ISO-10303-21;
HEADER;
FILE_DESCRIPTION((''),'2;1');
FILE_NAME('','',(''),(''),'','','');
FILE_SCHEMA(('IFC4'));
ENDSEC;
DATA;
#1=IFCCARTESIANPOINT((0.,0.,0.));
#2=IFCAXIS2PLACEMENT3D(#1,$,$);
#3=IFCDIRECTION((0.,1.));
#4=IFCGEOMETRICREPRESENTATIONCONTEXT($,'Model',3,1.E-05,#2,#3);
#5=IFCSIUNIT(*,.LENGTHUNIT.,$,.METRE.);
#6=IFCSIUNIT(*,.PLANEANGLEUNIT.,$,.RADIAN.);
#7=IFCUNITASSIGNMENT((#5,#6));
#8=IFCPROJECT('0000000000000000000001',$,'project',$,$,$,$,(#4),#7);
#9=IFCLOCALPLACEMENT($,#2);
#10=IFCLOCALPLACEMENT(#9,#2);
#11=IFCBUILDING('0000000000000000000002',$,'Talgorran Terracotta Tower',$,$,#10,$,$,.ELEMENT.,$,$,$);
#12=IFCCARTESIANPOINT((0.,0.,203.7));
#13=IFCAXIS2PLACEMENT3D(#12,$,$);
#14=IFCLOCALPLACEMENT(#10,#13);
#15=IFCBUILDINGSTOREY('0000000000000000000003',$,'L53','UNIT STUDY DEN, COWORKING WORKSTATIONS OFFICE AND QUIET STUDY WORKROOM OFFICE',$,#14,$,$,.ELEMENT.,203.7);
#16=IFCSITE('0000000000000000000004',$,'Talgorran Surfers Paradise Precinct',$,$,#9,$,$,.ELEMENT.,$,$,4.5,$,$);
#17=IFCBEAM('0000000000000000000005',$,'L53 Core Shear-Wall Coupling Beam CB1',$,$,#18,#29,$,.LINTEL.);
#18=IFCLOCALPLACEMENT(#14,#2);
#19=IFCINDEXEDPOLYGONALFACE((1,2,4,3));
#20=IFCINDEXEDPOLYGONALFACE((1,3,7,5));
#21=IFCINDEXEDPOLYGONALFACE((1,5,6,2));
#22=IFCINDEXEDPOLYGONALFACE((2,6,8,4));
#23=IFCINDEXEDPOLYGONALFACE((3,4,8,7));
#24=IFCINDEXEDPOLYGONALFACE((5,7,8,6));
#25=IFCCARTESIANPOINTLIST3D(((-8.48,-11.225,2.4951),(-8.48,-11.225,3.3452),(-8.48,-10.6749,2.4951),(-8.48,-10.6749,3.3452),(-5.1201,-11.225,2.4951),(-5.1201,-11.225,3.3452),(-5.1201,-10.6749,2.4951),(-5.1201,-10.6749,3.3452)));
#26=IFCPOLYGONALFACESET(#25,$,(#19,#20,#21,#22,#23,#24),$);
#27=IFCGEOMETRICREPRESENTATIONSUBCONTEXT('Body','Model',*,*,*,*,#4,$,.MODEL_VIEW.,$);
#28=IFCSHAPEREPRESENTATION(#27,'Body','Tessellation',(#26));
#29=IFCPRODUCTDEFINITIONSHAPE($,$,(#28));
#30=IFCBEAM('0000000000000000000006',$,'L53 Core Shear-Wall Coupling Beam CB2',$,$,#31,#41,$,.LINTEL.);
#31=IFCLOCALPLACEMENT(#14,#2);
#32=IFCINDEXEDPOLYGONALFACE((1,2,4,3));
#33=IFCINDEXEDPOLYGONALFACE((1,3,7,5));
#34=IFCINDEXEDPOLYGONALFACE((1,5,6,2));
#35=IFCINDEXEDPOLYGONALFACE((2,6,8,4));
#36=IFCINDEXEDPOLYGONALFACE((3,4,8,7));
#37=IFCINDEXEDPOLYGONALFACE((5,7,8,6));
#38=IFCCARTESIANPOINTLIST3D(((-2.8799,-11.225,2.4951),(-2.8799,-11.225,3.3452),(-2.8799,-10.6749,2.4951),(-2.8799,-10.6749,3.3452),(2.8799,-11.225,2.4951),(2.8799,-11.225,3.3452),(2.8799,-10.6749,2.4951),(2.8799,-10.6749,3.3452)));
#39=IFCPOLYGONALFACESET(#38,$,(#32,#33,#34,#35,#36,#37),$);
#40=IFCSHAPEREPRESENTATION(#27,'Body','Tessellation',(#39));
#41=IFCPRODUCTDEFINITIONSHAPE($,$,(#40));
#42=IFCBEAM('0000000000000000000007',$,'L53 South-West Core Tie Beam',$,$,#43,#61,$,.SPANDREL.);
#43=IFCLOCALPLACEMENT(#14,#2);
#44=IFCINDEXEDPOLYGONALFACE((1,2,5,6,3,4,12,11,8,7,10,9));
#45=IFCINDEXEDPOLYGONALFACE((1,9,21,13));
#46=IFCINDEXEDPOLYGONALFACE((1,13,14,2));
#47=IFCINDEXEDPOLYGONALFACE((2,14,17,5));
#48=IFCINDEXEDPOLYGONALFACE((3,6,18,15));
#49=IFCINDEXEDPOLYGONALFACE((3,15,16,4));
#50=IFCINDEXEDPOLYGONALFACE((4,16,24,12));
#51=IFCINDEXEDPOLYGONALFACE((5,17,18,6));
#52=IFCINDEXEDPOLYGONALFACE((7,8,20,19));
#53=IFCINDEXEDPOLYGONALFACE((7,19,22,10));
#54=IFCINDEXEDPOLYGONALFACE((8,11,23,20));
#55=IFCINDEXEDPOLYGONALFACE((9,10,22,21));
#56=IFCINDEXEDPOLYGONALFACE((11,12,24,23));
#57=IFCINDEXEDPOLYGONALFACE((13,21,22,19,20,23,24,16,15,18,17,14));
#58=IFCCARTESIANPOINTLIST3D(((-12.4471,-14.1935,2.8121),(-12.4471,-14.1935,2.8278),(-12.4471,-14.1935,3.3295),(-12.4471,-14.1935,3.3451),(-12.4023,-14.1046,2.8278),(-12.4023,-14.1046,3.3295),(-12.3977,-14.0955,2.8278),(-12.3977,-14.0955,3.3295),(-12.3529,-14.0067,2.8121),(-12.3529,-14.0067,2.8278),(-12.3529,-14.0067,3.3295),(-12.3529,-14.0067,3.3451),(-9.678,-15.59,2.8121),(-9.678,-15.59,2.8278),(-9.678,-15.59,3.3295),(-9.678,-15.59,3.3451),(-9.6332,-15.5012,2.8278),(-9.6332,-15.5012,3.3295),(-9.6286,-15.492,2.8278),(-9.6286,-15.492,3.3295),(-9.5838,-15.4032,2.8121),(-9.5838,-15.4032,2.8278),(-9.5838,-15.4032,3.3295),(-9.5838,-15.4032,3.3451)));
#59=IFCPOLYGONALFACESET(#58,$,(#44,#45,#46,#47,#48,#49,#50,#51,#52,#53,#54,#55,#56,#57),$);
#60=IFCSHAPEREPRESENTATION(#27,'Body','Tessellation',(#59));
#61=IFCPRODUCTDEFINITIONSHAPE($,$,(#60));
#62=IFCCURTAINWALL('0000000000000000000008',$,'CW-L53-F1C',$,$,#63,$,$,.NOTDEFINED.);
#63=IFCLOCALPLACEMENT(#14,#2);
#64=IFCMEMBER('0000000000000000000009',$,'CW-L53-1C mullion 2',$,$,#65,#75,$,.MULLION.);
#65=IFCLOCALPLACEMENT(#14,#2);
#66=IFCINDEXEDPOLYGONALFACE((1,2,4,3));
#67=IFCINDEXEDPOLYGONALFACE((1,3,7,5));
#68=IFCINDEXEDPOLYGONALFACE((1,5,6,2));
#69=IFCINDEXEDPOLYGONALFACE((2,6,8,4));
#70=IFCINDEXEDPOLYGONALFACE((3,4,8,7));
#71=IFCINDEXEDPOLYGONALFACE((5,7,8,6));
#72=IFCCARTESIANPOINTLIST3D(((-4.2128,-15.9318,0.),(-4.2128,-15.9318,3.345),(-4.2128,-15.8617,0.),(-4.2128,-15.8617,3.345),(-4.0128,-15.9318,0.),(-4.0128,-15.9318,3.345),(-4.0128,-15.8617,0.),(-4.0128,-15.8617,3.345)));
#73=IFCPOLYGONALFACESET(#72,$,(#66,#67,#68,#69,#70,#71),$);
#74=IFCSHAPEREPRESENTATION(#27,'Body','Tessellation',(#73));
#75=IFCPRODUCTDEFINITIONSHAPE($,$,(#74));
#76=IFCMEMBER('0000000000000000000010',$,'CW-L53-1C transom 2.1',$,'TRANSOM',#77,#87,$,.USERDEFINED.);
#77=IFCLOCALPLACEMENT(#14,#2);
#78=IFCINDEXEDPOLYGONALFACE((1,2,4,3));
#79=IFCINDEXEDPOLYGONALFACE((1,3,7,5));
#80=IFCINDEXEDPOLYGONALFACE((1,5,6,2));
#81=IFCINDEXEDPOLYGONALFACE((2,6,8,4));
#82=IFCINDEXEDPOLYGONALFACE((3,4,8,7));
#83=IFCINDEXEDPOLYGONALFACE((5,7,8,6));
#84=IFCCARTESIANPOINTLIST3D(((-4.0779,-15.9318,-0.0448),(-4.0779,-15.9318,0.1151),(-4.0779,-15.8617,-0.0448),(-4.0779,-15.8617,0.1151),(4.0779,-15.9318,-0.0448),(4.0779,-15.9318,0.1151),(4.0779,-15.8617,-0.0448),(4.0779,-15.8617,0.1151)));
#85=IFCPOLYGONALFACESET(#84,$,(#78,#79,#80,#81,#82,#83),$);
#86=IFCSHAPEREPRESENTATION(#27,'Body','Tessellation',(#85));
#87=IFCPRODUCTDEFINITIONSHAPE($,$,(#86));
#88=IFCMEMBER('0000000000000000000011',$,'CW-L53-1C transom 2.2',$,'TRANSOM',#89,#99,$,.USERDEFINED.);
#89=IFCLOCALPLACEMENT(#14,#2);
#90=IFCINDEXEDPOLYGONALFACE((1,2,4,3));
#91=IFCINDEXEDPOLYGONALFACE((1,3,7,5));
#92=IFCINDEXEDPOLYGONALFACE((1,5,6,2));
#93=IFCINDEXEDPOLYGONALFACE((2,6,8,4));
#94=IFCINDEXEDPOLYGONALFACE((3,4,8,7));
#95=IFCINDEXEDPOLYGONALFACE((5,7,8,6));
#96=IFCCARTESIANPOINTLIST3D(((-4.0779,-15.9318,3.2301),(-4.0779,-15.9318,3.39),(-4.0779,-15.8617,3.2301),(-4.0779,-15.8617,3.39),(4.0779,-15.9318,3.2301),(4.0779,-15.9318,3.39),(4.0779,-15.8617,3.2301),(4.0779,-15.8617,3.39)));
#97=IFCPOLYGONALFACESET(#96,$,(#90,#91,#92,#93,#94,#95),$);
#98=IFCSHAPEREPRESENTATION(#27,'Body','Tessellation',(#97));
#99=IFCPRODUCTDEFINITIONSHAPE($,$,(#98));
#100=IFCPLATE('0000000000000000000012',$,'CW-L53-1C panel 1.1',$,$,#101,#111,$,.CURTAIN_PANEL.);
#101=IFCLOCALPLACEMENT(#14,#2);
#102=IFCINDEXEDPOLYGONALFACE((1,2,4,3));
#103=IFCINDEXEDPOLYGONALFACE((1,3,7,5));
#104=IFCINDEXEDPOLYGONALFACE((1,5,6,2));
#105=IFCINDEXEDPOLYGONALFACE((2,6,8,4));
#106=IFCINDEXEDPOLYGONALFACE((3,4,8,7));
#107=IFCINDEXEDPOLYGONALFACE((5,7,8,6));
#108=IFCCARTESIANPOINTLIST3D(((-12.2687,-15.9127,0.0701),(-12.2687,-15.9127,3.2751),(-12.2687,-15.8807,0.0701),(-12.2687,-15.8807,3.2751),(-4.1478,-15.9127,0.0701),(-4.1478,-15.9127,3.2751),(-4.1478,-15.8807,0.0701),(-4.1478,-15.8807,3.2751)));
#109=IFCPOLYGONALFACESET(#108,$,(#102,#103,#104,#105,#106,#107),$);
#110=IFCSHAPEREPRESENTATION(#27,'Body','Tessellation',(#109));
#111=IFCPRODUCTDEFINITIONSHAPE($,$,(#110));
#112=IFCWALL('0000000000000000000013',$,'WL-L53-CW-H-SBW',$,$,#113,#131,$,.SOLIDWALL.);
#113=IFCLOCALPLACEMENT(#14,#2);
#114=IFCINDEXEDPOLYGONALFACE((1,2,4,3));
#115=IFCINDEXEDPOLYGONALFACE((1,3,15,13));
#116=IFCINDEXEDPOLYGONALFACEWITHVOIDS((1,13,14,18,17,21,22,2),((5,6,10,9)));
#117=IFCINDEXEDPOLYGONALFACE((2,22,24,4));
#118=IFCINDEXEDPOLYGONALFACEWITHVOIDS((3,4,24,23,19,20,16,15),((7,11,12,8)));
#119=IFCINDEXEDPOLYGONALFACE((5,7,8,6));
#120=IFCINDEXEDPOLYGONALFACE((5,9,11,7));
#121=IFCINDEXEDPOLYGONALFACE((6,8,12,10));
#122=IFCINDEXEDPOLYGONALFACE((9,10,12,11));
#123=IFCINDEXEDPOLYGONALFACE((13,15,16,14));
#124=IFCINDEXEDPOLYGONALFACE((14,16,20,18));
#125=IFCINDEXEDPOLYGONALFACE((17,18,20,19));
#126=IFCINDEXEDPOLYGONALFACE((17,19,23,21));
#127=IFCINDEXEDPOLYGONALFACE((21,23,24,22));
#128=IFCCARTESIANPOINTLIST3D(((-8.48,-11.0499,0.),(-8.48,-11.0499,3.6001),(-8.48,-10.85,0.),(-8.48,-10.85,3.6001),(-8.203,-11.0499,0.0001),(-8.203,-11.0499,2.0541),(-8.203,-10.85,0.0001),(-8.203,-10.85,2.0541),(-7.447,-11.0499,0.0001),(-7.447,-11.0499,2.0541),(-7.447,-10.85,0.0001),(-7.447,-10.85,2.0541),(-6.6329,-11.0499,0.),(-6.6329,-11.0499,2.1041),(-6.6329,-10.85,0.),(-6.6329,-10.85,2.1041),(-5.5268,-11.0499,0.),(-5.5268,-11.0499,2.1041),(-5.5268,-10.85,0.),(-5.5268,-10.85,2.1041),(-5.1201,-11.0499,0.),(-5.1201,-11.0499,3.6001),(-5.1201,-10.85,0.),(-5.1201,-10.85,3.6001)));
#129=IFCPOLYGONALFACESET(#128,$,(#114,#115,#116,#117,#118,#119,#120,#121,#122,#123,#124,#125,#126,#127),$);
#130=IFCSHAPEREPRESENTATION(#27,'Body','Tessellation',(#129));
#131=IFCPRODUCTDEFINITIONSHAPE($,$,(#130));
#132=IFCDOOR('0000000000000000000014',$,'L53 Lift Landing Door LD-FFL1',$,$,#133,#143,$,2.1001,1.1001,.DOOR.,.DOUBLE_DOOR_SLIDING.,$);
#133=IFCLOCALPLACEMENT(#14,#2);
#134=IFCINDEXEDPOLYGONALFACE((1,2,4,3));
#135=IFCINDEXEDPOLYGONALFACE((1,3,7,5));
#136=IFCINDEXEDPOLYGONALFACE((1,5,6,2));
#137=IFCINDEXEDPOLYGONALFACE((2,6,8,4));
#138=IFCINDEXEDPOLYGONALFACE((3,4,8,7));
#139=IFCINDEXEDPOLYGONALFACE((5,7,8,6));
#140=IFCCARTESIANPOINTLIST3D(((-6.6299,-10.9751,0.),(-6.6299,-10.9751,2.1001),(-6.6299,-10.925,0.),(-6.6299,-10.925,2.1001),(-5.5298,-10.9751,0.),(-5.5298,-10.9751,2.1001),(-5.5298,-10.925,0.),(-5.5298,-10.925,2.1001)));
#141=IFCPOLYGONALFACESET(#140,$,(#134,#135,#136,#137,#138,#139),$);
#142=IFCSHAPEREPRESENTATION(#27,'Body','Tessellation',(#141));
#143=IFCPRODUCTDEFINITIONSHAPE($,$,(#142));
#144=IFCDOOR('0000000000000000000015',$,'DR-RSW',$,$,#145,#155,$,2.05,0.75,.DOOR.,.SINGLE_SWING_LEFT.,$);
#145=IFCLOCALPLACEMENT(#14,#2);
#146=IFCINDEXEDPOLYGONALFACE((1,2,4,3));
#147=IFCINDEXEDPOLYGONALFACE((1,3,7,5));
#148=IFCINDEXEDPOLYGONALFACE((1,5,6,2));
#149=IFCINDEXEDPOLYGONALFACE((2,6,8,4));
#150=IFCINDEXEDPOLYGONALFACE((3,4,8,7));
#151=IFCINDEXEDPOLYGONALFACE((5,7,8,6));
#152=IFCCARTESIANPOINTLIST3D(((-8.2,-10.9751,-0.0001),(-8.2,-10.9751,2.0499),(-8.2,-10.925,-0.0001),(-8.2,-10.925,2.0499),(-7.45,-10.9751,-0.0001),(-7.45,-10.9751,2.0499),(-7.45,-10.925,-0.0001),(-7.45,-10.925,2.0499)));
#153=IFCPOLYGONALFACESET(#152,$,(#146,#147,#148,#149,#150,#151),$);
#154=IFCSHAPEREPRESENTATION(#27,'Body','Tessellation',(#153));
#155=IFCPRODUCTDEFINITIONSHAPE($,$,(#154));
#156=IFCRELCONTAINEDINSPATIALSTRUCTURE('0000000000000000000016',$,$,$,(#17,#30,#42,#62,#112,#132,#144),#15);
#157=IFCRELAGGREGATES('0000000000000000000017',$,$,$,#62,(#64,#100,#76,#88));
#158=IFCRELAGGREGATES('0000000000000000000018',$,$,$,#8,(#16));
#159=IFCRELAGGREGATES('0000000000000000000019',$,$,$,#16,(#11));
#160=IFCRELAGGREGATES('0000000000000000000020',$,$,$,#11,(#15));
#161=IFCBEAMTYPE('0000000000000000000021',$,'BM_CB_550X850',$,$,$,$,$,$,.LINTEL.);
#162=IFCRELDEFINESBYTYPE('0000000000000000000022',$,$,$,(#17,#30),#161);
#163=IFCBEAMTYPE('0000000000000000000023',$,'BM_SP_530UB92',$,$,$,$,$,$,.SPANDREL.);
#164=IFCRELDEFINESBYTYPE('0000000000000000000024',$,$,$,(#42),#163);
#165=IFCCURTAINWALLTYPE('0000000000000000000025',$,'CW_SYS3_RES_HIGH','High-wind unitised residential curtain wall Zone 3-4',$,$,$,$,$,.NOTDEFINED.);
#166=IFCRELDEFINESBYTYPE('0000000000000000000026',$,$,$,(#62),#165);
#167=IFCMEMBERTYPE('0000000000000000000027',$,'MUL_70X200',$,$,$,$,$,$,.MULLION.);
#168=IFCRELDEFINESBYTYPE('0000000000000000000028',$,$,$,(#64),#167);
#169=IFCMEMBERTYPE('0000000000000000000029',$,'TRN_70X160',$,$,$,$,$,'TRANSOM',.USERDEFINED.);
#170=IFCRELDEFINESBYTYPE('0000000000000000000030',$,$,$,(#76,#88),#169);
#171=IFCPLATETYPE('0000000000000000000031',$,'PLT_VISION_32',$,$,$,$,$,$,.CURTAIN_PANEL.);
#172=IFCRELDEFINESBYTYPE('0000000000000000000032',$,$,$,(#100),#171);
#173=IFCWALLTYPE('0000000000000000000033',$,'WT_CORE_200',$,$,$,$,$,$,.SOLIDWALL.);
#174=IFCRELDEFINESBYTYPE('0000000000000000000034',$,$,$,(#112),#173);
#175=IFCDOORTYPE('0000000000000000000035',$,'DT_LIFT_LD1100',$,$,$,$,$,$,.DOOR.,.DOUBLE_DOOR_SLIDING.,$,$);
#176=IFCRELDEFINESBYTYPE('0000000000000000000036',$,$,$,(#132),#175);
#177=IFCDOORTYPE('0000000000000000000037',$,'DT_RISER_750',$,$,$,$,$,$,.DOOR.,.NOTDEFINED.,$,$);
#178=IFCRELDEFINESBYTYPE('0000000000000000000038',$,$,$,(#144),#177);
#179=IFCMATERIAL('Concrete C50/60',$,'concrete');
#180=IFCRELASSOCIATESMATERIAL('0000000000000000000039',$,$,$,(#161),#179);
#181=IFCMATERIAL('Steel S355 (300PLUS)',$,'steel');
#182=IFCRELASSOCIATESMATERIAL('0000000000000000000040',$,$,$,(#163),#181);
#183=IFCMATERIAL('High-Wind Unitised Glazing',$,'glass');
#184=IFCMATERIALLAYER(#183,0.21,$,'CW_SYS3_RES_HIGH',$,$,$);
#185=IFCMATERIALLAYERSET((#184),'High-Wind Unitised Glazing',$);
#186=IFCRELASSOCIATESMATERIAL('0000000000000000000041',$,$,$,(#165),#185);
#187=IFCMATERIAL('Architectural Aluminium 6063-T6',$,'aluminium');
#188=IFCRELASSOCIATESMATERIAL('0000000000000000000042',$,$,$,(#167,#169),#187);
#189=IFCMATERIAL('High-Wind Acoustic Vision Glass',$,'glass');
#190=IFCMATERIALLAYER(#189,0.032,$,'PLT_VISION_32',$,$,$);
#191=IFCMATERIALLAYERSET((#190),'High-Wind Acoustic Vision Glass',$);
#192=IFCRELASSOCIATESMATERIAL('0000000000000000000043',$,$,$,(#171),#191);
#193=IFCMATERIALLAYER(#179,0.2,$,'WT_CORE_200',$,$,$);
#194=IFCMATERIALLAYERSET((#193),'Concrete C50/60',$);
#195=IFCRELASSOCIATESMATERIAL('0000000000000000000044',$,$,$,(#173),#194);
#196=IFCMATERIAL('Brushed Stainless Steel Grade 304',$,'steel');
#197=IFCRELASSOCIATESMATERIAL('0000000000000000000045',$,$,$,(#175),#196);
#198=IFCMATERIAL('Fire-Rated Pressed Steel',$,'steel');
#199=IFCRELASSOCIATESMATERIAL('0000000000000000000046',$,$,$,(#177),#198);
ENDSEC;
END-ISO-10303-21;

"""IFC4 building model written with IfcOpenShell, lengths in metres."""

from ifc_helpers import new_model, si_unit, direction, frame, frame_2d, origin, origin_2d, place, context, subcontext, project, spatial, rectangle, i_section, extrude, source, transform, mapped, material, layer, layer_set, material_profile, profile_set, type_object, type_shapes, element, fill, aggregate, save


model = new_model("IFC4")

# Units and contexts
model_context = context("Model", 3, precision=1e-05, world=origin(), true_north=direction((0.0, 1.0)))
body_context = subcontext(model_context, "Body", "Model", "MODEL_VIEW")
ifc_project = project(units=[si_unit("LENGTHUNIT", "METRE"), si_unit("PLANEANGLEUNIT", "RADIAN")], contexts=[model_context])

# Site, building, storey
site_placement = place(None, origin())
site = spatial("IfcSite", under=ifc_project, at=site_placement, Name="Talgorran Surfers Paradise Precinct", CompositionType="ELEMENT", RefElevation=4.5)
building_placement = place(site_placement, origin())
building = spatial("IfcBuilding", under=site, at=building_placement, Name="Talgorran Terracotta Tower", CompositionType="ELEMENT")
storey_placement = place(building_placement, frame((0.0, 0.0, 203.7)))
storey = spatial("IfcBuildingStorey", under=building, at=storey_placement, Name="L53", Description="UNIT STUDY DEN, COWORKING WORKSTATIONS OFFICE AND QUIET STUDY WORKROOM OFFICE", CompositionType="ELEMENT", Elevation=203.7)

# Beams
ifc_material_1 = material(Name="Concrete C50/60", Category="concrete")
ifc_material_profile_1 = material_profile(ifc_material_1, rectangle(XDim=0.55, YDim=0.8501, at=origin_2d()), Name="RCCB550X850")
ifc_profile_set_1 = profile_set([ifc_material_profile_1], Name="Concrete C50/60")
beam_type_1 = type_object("IfcBeamType", Name="BM_CB_550X850", PredefinedType="LINTEL", material=ifc_profile_set_1)
beam_1_placement = place(storey_placement, frame((-8.48, -10.95, 2.9202), z_axis=(1.0, 0.0, 0.0), x_axis=(0.0, 1.0, 0.0)))
element("IfcBeam", 1, at=beam_1_placement, inside=storey, type_object=beam_type_1, Name="L53 Core Shear-Wall Coupling Beam CB1", PredefinedType="LINTEL", context=body_context, shape_type="SweptSolid", body=[
    extrude(rectangle(XDim=0.55, YDim=0.8501, at=origin_2d()), origin(), (0.0, 0.0, 1.0), 3.3599),
])
beam_2_placement = place(storey_placement, frame((-2.8799, -10.95, 2.9202), z_axis=(1.0, 0.0, 0.0), x_axis=(0.0, 1.0, 0.0)))
element("IfcBeam", 2, at=beam_2_placement, inside=storey, type_object=beam_type_1, Name="L53 Core Shear-Wall Coupling Beam CB2", PredefinedType="LINTEL", context=body_context, shape_type="SweptSolid", body=[
    extrude(rectangle(XDim=0.55, YDim=0.8501, at=origin_2d()), origin(), (0.0, 0.0, 1.0), 5.7598),
])
ifc_material_2 = material(Name="Steel S355 (300PLUS)", Category="steel")
ifc_material_profile_2 = material_profile(ifc_material_2, i_section(OverallWidth=0.2092, OverallDepth=0.533, WebThickness=0.0103, FlangeThickness=0.0156, at=origin_2d()), Name="530UB92.4")
ifc_profile_set_2 = profile_set([ifc_material_profile_2], Name="Steel S355 (300PLUS)")
beam_type_2 = type_object("IfcBeamType", Name="BM_SP_530UB92", PredefinedType="SPANDREL", material=ifc_profile_set_2)
beam_3_placement = place(storey_placement, frame((-9.6309, -15.4966, 3.0786), z_axis=(-0.892879, 0.450297, 0.0), x_axis=(-0.450297, -0.892879, 0.0)))
element("IfcBeam", 3, at=beam_3_placement, inside=storey, type_object=beam_type_2, Name="L53 South-West Core Tie Beam", PredefinedType="SPANDREL", context=body_context, shape_type="SweptSolid", body=[
    extrude(i_section(OverallWidth=0.2092, OverallDepth=0.533, WebThickness=0.0103, FlangeThickness=0.0156, at=origin_2d()), origin(), (0.0, 0.0, 1.0), 3.1013),
])

# Curtain wall, members, plate
ifc_material_3 = material(Name="High-Wind Unitised Glazing", Category="glass")
ifc_layer_1 = layer(ifc_material_3, 0.21, Name="CW_SYS3_RES_HIGH")
ifc_layer_set_1 = layer_set([ifc_layer_1], Name="High-Wind Unitised Glazing")
curtain_wall_type = type_object("IfcCurtainWallType", Name="CW_SYS3_RES_HIGH", Description="High-wind unitised residential curtain wall Zone 3-4", PredefinedType="NOTDEFINED", material=ifc_layer_set_1)
curtain_wall_placement = place(storey_placement, origin())
curtain_wall = element("IfcCurtainWall", 4, at=curtain_wall_placement, inside=storey, type_object=curtain_wall_type, Name="CW-L53-F1C", PredefinedType="NOTDEFINED")
ifc_material_4 = material(Name="Architectural Aluminium 6063-T6", Category="aluminium")
ifc_material_profile_3 = material_profile(ifc_material_4, rectangle(XDim=0.0701, YDim=0.2, at=origin_2d()), Name="CWM70X200")
ifc_profile_set_3 = profile_set([ifc_material_profile_3], Name="Architectural Aluminium 6063-T6")
member_type_1 = type_object("IfcMemberType", Name="MUL_70X200", PredefinedType="MULLION", material=ifc_profile_set_3)
member_1_placement = place(storey_placement, frame((-4.1128, -15.8967, 0.0), z_axis=(0.0, 0.0, 1.0), x_axis=(0.0, 1.0, 0.0)))
member_1 = element("IfcMember", 5, at=member_1_placement, type_object=member_type_1, Name="CW-L53-1C mullion 2", PredefinedType="MULLION", context=body_context, shape_type="SweptSolid", body=[
    extrude(rectangle(XDim=0.0701, YDim=0.2, at=origin_2d()), origin(), (0.0, 0.0, 1.0), 3.345),
])
ifc_material_profile_4 = material_profile(ifc_material_4, rectangle(XDim=0.0701, YDim=0.1599, at=origin_2d()), Name="CWT70X160")
ifc_profile_set_4 = profile_set([ifc_material_profile_4], Name="Architectural Aluminium 6063-T6")
member_type_2 = type_object("IfcMemberType", Name="TRN_70X160", ElementType="TRANSOM", PredefinedType="USERDEFINED", material=ifc_profile_set_4)
member_2_placement = place(storey_placement, frame((-4.0779, -15.8967, 0.0352), z_axis=(1.0, 0.0, 0.0), x_axis=(0.0, 1.0, 0.0)))
member_2 = element("IfcMember", 6, at=member_2_placement, type_object=member_type_2, Name="CW-L53-1C transom 2.1", ObjectType="TRANSOM", PredefinedType="USERDEFINED", context=body_context, shape_type="SweptSolid", body=[
    extrude(rectangle(XDim=0.0701, YDim=0.1599, at=origin_2d()), origin(), (0.0, 0.0, 1.0), 8.1558),
])
member_3_placement = place(storey_placement, frame((-4.0779, -15.8967, 3.3101), z_axis=(1.0, 0.0, 0.0), x_axis=(0.0, 1.0, 0.0)))
member_3 = element("IfcMember", 7, at=member_3_placement, type_object=member_type_2, Name="CW-L53-1C transom 2.2", ObjectType="TRANSOM", PredefinedType="USERDEFINED", context=body_context, shape_type="SweptSolid", body=[
    extrude(rectangle(XDim=0.0701, YDim=0.1599, at=origin_2d()), origin(), (0.0, 0.0, 1.0), 8.1558),
])
ifc_material_5 = material(Name="High-Wind Acoustic Vision Glass", Category="glass")
ifc_layer_2 = layer(ifc_material_5, 0.032, Name="PLT_VISION_32")
ifc_layer_set_2 = layer_set([ifc_layer_2], Name="High-Wind Acoustic Vision Glass")
plate_type = type_object("IfcPlateType", Name="PLT_VISION_32", PredefinedType="CURTAIN_PANEL", material=ifc_layer_set_2)
shared_shape = source(origin(), body_context, "Body", "SweptSolid", [
    extrude(rectangle(XDim=8.1208, YDim=0.032, at=origin_2d()), origin(), (0.0, 0.0, 1.0), 3.2051),
])
type_shapes(plate_type, [shared_shape])
plate_placement = place(storey_placement, frame((-8.2083, -15.8967, 0.0701), z_axis=(0.0, 0.0, 1.0), x_axis=(1.0, 0.0, 0.0)))
plate = element("IfcPlate", 8, at=plate_placement, type_object=plate_type, Name="CW-L53-1C panel 1.1", PredefinedType="CURTAIN_PANEL", context=body_context, shape_type="MappedRepresentation", body=[
    mapped(shared_shape, transform((0.0, 0.0, 0.0), scale=1.0)),
])
aggregate(curtain_wall, [member_1, plate, member_2, member_3])

# Wall, openings, doors
ifc_layer_3 = layer(ifc_material_1, 0.2, Name="WT_CORE_200")
ifc_layer_set_3 = layer_set([ifc_layer_3], Name="Concrete C50/60")
wall_type_1 = type_object("IfcWallType", Name="WT_CORE_200", PredefinedType="SOLIDWALL", material=ifc_layer_set_3)
wall_1_placement = place(storey_placement, frame((-8.48, -10.95, 0.0), z_axis=(0.0, 0.0, 1.0), x_axis=(1.0, 0.0, 0.0)))
wall_1 = element("IfcWall", 9, at=wall_1_placement, inside=storey, type_object=wall_type_1, Name="WL-L53-CW-H-SBW", PredefinedType="SOLIDWALL", context=body_context, shape_type="SweptSolid", body=[
    extrude(rectangle(XDim=3.3599, YDim=0.2, at=frame_2d((1.6799, 0.0))), origin(), (0.0, 0.0, 1.0), 3.6001),
])
opening_1_placement = place(wall_1_placement, frame((0.28, 0.0, 0.0)))
opening_1 = element("IfcOpeningElement", 10, at=opening_1_placement, cuts=wall_1, PredefinedType="OPENING", context=body_context, shape_type="SweptSolid", body=[
    extrude(rectangle(XDim=0.756, YDim=2.054, at=frame_2d((0.375, 1.0271))), frame((0.0, 0.1099, 0.0), z_axis=(0.0, -1.0, 0.0), x_axis=(1.0, 0.0, 0.0)), (0.0, 0.0, 1.0), 0.22),
])
opening_2_placement = place(wall_1_placement, frame((1.8501, 0.0, 0.0)))
opening_2 = element("IfcOpeningElement", 11, at=opening_2_placement, cuts=wall_1, PredefinedType="OPENING", context=body_context, shape_type="SweptSolid", body=[
    extrude(rectangle(XDim=1.1061, YDim=2.1041, at=frame_2d((0.55, 1.052))), frame((0.0, 0.1099, 0.0), z_axis=(0.0, -1.0, 0.0), x_axis=(1.0, 0.0, 0.0)), (0.0, 0.0, 1.0), 0.22),
])
ifc_material_6 = material(Name="Brushed Stainless Steel Grade 304", Category="steel")
door_type_1 = type_object("IfcDoorType", Name="DT_LIFT_LD1100", OperationType="DOUBLE_DOOR_SLIDING", PredefinedType="DOOR", material=ifc_material_6)
door_1_placement = place(opening_2_placement, origin())
door_1 = element("IfcDoor", 12, at=door_1_placement, inside=storey, type_object=door_type_1, Name="L53 Lift Landing Door LD-FFL1", OperationType="DOUBLE_DOOR_SLIDING", OverallHeight=2.1001, OverallWidth=1.1001, PredefinedType="DOOR", context=body_context, shape_type="SweptSolid", body=[
    extrude(rectangle(XDim=1.1001, YDim=2.1001, at=frame_2d((0.55, 1.05))), frame((0.0, 0.0249, 0.0), z_axis=(0.0, -1.0, 0.0), x_axis=(1.0, 0.0, 0.0)), (0.0, 0.0, 1.0), 0.05),
])
fill(opening_2, door_1)
ifc_material_7 = material(Name="Fire-Rated Pressed Steel", Category="steel")
door_type_2 = type_object("IfcDoorType", Name="DT_RISER_750", OperationType="NOTDEFINED", PredefinedType="DOOR", material=ifc_material_7)
door_2_placement = place(opening_1_placement, origin())
door_2 = element("IfcDoor", 13, at=door_2_placement, inside=storey, type_object=door_type_2, Name="DR-RSW", OperationType="SINGLE_SWING_LEFT", OverallHeight=2.05, OverallWidth=0.75, PredefinedType="DOOR", context=body_context, shape_type="SweptSolid", body=[
    extrude(rectangle(XDim=0.75, YDim=2.05, at=frame_2d((0.375, 1.0249))), frame((0.0, 0.0249, 0.0), z_axis=(0.0, -1.0, 0.0), x_axis=(1.0, 0.0, 0.0)), (0.0, 0.0, 1.0), 0.05),
])
fill(opening_1, door_2)

save(model, "model.ifc")
